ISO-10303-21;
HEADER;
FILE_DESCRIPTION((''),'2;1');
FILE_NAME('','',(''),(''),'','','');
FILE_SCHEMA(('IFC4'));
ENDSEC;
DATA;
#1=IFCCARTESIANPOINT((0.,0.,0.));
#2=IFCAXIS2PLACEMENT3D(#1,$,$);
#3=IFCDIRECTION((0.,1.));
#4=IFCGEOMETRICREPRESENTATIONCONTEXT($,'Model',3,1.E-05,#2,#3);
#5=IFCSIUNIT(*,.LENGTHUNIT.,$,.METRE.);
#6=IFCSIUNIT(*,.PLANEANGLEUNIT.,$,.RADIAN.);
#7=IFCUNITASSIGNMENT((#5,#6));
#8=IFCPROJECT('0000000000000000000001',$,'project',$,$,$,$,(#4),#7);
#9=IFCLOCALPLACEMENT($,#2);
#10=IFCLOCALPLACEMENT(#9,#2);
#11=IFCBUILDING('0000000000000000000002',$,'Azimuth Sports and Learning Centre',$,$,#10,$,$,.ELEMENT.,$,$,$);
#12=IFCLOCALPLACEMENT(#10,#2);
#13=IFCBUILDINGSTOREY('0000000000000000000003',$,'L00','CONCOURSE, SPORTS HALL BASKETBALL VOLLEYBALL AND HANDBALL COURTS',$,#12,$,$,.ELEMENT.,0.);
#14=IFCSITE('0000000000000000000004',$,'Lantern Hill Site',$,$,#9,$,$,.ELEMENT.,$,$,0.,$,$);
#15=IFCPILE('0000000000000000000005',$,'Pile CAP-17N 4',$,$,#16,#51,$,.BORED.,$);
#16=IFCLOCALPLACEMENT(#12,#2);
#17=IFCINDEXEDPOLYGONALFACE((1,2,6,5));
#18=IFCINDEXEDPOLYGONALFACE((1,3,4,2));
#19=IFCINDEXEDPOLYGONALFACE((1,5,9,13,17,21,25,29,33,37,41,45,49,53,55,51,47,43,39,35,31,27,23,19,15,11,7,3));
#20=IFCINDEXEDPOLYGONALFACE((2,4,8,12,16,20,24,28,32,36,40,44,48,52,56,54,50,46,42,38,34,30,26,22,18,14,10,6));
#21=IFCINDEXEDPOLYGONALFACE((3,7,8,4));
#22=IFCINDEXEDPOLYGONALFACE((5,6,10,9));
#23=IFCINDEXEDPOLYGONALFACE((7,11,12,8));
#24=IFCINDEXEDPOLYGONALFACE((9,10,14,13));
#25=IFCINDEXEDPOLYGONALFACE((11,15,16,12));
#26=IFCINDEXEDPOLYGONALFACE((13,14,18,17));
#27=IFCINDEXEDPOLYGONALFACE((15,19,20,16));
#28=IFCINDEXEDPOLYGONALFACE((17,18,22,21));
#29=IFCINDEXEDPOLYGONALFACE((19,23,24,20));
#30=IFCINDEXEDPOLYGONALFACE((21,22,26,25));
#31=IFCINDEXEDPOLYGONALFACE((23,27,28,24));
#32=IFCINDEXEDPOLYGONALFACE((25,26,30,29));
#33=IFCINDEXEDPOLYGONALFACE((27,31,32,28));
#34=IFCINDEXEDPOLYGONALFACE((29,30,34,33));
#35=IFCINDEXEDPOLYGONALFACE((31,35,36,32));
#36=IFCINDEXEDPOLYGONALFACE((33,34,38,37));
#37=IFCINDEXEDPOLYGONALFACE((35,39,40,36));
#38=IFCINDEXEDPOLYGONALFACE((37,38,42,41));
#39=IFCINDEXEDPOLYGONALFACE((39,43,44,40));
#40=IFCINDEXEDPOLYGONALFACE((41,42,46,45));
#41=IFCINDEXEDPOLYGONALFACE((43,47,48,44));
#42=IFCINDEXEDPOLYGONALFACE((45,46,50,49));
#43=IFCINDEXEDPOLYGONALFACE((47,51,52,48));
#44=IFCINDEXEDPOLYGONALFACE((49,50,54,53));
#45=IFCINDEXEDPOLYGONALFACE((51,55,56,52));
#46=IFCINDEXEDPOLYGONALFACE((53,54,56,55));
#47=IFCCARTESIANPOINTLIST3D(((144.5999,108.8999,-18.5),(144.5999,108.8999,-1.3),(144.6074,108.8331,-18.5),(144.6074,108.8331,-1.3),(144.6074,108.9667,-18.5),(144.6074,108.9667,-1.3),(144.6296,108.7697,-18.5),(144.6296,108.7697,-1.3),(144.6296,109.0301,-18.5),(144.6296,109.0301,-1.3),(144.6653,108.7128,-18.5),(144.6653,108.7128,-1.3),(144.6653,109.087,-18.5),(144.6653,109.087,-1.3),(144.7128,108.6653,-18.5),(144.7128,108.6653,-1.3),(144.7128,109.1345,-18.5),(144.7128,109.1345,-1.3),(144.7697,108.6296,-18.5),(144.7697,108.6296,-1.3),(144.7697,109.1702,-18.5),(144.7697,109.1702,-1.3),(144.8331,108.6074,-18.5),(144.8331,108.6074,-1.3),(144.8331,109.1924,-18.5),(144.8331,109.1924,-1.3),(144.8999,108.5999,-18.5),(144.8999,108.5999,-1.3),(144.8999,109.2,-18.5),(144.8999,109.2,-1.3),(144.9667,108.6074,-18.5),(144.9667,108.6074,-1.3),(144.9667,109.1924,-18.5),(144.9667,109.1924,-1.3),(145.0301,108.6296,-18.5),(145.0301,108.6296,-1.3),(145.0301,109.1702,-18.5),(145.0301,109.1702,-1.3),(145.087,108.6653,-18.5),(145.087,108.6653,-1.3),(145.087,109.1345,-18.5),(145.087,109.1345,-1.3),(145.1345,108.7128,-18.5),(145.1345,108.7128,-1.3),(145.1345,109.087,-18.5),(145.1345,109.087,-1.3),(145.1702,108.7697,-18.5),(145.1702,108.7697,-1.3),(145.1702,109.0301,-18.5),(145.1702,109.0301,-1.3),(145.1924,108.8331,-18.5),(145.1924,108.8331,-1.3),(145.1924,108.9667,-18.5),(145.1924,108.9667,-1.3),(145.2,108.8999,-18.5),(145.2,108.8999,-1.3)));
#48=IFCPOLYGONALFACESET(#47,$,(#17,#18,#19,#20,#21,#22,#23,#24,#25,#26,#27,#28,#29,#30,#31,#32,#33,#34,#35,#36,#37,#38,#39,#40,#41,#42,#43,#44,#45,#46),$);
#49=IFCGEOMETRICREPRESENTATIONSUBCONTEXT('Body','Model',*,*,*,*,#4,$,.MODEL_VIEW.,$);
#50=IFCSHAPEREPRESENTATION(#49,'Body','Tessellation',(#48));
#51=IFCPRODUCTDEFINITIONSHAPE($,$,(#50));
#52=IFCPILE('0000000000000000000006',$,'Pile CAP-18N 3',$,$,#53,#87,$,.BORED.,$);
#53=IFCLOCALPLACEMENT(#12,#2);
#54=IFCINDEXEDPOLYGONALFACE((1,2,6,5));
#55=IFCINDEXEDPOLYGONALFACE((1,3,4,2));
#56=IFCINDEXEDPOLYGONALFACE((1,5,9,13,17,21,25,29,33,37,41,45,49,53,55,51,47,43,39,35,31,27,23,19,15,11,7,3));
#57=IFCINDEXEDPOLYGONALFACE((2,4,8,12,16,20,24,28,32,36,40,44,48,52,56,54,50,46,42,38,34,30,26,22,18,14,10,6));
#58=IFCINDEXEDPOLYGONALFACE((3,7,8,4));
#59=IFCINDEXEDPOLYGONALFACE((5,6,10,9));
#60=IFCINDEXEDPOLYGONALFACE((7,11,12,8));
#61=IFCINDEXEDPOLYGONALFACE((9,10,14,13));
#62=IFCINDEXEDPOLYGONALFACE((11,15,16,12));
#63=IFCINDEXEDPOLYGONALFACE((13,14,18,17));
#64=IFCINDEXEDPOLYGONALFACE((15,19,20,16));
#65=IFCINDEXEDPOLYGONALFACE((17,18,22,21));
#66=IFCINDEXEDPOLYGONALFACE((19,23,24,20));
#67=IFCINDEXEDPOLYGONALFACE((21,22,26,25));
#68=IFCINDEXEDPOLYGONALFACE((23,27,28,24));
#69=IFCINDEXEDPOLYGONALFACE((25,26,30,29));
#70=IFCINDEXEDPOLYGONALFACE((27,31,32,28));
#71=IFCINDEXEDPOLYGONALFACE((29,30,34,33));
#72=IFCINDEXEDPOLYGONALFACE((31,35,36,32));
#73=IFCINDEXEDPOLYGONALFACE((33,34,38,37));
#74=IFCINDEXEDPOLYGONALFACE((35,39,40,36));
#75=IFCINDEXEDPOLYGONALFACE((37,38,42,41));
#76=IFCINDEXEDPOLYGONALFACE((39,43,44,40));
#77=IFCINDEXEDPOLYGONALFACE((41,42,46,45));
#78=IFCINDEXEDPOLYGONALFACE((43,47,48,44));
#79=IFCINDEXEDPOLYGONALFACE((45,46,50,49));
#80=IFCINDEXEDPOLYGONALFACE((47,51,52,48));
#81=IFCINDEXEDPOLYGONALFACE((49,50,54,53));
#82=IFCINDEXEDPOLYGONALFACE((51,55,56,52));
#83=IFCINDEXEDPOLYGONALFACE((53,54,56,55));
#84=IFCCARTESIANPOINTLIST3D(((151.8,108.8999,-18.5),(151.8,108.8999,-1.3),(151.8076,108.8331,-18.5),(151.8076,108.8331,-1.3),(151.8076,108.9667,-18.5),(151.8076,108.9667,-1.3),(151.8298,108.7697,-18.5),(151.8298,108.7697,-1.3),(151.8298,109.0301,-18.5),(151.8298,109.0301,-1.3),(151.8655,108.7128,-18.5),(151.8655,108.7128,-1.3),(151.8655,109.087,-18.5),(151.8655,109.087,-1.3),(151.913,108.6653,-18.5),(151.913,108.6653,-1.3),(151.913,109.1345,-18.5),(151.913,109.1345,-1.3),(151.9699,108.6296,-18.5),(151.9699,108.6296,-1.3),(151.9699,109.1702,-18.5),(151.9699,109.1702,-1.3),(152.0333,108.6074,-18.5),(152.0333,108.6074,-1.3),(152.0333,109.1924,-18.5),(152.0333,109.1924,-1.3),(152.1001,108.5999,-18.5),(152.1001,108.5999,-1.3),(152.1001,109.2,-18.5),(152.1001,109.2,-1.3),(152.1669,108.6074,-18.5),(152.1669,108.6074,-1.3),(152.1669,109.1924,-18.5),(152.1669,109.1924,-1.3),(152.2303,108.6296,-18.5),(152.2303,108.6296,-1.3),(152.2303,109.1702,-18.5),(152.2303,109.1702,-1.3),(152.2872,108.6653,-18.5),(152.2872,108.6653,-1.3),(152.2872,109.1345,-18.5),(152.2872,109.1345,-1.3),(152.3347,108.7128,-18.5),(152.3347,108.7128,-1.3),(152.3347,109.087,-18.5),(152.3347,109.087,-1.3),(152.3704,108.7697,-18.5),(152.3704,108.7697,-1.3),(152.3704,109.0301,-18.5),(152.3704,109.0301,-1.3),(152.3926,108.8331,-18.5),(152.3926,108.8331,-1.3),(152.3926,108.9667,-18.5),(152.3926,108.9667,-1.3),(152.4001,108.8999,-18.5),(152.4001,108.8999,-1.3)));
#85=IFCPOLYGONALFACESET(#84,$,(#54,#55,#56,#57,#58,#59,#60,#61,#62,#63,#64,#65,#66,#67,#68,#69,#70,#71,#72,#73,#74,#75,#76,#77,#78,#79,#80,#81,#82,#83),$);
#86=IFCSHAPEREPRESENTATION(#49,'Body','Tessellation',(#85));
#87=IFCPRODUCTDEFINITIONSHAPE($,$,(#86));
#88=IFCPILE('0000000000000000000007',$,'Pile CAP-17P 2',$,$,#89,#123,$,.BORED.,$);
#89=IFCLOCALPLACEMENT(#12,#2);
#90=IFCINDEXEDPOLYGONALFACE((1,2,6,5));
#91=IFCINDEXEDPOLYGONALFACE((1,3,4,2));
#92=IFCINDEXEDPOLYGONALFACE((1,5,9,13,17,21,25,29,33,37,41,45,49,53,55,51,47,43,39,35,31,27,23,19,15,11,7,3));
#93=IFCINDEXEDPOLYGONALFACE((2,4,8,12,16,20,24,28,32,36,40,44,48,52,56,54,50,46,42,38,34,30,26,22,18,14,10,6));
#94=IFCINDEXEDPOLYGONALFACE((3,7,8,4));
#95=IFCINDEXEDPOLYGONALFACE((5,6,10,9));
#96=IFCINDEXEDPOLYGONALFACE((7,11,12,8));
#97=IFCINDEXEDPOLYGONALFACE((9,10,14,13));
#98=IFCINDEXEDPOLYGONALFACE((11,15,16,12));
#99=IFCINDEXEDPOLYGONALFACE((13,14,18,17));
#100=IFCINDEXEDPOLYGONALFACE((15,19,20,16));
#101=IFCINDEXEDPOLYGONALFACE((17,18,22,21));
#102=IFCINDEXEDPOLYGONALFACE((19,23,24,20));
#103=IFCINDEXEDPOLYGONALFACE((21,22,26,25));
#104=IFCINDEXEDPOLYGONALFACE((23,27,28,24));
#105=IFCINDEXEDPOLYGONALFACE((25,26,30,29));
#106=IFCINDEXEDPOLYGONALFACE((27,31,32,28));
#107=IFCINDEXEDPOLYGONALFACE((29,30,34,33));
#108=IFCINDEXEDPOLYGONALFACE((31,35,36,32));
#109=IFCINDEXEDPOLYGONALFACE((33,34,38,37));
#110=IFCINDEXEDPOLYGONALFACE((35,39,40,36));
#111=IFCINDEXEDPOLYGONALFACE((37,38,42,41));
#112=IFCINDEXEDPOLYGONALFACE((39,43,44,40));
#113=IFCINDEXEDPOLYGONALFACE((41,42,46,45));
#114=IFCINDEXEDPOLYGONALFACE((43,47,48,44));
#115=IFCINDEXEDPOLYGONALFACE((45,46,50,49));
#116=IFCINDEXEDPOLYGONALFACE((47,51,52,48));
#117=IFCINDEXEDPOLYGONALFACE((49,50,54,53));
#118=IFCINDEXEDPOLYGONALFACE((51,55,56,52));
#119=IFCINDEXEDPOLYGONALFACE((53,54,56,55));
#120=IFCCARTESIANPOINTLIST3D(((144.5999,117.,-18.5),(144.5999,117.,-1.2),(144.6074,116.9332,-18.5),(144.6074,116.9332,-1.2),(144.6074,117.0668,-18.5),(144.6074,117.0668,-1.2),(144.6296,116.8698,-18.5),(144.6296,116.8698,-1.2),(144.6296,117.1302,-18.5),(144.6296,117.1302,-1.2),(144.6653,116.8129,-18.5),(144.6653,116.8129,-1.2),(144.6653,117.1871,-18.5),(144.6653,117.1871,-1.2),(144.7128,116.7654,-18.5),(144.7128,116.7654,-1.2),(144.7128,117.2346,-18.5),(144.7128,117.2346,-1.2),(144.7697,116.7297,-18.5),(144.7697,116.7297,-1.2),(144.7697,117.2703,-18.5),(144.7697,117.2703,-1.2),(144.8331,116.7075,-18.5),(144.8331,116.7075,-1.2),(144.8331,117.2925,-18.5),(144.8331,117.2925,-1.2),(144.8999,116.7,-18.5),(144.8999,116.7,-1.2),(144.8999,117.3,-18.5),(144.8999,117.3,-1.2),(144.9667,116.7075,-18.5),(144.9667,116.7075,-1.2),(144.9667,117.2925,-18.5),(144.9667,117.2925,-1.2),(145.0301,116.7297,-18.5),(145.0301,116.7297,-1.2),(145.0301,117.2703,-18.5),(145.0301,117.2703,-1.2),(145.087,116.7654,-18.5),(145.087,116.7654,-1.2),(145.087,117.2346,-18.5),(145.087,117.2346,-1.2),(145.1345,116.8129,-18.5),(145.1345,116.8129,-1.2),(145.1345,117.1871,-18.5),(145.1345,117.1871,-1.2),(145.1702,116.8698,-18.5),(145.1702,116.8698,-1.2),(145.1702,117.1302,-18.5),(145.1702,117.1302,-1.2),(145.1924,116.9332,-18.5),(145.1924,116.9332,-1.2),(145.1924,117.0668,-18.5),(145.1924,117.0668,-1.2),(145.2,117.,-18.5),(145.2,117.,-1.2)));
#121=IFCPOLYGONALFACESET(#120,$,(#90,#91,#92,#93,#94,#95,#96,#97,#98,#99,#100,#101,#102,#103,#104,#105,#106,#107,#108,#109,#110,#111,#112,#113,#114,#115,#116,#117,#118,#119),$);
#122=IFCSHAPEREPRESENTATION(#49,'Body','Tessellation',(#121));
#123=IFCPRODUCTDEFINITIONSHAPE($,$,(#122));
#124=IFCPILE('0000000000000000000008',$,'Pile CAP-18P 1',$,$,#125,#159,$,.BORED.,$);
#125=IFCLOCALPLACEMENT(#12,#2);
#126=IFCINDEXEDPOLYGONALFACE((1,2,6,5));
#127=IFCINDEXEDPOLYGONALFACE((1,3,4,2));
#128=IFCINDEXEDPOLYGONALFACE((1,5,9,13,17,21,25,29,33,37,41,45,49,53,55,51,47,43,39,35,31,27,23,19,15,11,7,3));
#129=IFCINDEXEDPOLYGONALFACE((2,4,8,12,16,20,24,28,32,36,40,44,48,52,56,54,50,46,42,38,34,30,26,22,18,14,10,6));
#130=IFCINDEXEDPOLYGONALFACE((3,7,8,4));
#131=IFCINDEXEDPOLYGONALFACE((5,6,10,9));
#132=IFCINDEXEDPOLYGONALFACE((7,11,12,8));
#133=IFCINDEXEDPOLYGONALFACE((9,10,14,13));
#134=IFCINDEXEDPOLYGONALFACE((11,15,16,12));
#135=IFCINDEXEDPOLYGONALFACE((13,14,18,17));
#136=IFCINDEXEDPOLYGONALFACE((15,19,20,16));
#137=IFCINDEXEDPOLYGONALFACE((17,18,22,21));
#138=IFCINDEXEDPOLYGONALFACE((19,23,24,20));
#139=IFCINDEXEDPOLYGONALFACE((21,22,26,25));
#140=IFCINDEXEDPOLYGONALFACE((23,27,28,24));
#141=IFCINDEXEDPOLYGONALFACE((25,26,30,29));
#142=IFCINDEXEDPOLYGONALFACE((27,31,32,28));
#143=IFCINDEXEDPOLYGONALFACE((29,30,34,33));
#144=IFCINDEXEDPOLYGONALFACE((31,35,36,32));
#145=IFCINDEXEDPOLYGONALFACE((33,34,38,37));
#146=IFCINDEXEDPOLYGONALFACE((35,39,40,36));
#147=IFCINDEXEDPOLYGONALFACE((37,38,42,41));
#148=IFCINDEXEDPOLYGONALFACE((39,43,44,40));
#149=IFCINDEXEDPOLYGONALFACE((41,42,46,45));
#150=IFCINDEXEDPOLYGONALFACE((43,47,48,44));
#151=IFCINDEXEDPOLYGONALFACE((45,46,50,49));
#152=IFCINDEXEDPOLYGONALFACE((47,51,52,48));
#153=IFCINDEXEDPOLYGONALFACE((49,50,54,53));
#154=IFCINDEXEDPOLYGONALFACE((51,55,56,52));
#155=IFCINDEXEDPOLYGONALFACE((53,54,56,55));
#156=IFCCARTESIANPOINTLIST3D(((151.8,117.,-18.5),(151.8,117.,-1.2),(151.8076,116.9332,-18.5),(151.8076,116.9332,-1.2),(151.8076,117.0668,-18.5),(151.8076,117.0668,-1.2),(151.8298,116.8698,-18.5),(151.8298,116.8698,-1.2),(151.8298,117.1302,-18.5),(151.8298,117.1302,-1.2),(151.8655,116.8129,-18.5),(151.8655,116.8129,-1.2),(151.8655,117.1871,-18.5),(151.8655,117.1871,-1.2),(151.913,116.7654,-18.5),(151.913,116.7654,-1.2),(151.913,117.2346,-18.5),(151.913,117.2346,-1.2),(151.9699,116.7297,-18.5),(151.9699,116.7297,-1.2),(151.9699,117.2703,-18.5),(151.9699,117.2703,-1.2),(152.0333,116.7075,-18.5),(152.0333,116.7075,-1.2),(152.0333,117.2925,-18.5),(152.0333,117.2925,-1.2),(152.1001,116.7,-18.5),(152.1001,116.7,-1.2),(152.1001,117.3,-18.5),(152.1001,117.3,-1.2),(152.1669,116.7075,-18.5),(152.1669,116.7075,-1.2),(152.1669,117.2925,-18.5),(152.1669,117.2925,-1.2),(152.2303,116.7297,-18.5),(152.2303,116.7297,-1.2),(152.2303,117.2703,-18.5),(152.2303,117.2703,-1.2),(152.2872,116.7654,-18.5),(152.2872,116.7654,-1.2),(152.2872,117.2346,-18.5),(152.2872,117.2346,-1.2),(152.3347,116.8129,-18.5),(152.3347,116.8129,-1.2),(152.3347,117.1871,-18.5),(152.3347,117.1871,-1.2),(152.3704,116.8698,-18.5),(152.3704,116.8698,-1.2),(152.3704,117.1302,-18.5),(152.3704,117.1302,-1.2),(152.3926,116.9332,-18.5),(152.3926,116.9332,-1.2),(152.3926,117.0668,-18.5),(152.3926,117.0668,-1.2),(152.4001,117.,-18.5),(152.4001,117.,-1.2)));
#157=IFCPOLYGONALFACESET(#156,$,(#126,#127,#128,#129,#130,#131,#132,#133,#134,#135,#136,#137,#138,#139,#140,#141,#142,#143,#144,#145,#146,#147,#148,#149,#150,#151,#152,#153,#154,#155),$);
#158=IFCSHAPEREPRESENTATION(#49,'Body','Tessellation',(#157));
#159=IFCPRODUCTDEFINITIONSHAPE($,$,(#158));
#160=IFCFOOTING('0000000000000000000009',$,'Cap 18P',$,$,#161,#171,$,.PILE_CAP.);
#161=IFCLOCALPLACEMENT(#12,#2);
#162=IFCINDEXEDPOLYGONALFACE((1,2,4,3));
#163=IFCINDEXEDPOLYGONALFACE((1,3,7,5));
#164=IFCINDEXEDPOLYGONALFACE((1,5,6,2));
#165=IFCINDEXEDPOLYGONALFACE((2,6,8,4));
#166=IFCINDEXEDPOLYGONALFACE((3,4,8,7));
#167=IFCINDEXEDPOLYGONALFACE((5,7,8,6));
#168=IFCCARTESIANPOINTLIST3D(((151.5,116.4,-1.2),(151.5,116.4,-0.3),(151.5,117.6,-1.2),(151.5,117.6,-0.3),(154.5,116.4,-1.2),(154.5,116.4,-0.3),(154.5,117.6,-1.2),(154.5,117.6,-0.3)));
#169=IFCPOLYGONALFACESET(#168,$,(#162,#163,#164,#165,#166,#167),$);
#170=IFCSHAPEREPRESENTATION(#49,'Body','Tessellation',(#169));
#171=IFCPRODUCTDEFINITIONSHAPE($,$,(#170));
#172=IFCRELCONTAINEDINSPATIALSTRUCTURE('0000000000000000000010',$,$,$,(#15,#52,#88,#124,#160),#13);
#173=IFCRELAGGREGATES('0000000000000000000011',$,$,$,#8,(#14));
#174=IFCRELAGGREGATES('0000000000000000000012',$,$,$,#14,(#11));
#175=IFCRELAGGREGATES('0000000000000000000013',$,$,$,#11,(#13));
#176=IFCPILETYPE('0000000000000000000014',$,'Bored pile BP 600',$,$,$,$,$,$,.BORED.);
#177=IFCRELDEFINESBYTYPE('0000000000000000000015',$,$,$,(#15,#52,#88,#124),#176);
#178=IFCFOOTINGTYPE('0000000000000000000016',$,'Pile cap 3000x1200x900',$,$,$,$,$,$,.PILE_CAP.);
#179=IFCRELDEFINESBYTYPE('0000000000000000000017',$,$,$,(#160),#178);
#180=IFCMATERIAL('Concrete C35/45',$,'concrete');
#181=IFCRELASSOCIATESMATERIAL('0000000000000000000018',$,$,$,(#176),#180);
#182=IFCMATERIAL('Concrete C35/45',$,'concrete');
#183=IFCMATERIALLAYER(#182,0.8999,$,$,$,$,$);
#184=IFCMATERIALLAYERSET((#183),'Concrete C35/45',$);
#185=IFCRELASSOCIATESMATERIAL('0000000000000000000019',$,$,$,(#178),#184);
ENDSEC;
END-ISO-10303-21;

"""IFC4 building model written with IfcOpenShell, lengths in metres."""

from ifc_helpers import new_model, si_unit, direction, frame, origin, origin_2d, place, context, subcontext, project, spatial, rectangle, circle, extrude, material, layer, layer_set, material_profile, profile_set, type_object, element, save


model = new_model("IFC4")

# Units and contexts
model_context = context("Model", 3, precision=1e-05, world=origin(), true_north=direction((0.0, 1.0)))
body_context = subcontext(model_context, "Body", "Model", "MODEL_VIEW")
ifc_project = project(units=[si_unit("LENGTHUNIT", "METRE"), si_unit("PLANEANGLEUNIT", "RADIAN")], contexts=[model_context])

# Site, building, storey
site_placement = place(None, origin())
site = spatial("IfcSite", under=ifc_project, at=site_placement, Name="Lantern Hill Site", CompositionType="ELEMENT", RefElevation=0.0)
building_placement = place(site_placement, origin())
building = spatial("IfcBuilding", under=site, at=building_placement, Name="Azimuth Sports and Learning Centre", CompositionType="ELEMENT")
storey_placement = place(building_placement, origin())
storey = spatial("IfcBuildingStorey", under=building, at=storey_placement, Name="L00", Description="CONCOURSE, SPORTS HALL BASKETBALL VOLLEYBALL AND HANDBALL COURTS", CompositionType="ELEMENT", Elevation=0.0)

# Piles
ifc_material_1 = material(Name="Concrete C35/45", Category="concrete")
ifc_material_profile_1 = material_profile(ifc_material_1, circle(Radius=0.3, at=origin_2d()), Name="BP 600")
ifc_profile_set_1 = profile_set([ifc_material_profile_1], Name="Concrete C35/45")
pile_type = type_object("IfcPileType", Name="Bored pile BP 600", PredefinedType="BORED", material=ifc_profile_set_1)
for number, where, z_axis, x_axis, name in (
    (1, (144.8999, 108.8999, -1.3), (0.0, 0.0, -1.0), (1.0, 0.0, 0.0), "Pile CAP-17N 4"),
    (2, (152.1001, 108.8999, -1.3), (0.0, 0.0, -1.0), (1.0, 0.0, 0.0), "Pile CAP-18N 3"),
):
    element("IfcPile", number, at=place(storey_placement, frame(where, z_axis=z_axis, x_axis=x_axis)), inside=storey, type_object=pile_type, Name=name, PredefinedType="BORED", context=body_context, shape_type="SweptSolid", body=[
        extrude(circle(Radius=0.3, at=origin_2d()), origin(), (0.0, 0.0, 1.0), 17.2),
    ])
for number, where, z_axis, x_axis, name in (
    (3, (144.8999, 117.0, -1.2), (0.0, 0.0, -1.0), (1.0, 0.0, 0.0), "Pile CAP-17P 2"),
    (4, (152.1001, 117.0, -1.2), (0.0, 0.0, -1.0), (1.0, 0.0, 0.0), "Pile CAP-18P 1"),
):
    element("IfcPile", number, at=place(storey_placement, frame(where, z_axis=z_axis, x_axis=x_axis)), inside=storey, type_object=pile_type, Name=name, PredefinedType="BORED", context=body_context, shape_type="SweptSolid", body=[
        extrude(circle(Radius=0.3, at=origin_2d()), origin(), (0.0, 0.0, 1.0), 17.3),
    ])

# Footing
ifc_material_2 = material(Name="Concrete C35/45", Category="concrete")
ifc_layer_1 = layer(ifc_material_2, 0.8999)
ifc_layer_set_1 = layer_set([ifc_layer_1], Name="Concrete C35/45")
footing_type = type_object("IfcFootingType", Name="Pile cap 3000x1200x900", PredefinedType="PILE_CAP", material=ifc_layer_set_1)
footing_placement = place(storey_placement, frame((153.0, 117.0, -1.2), z_axis=(0.0, 0.0, 1.0), x_axis=(1.0, 0.0, 0.0)))
element("IfcFooting", 5, at=footing_placement, inside=storey, type_object=footing_type, Name="Cap 18P", PredefinedType="PILE_CAP", context=body_context, shape_type="SweptSolid", body=[
    extrude(rectangle(XDim=3.0, YDim=1.2, at=origin_2d()), origin(), (0.0, 0.0, 1.0), 0.8999),
])

save(model, "model.ifc")
